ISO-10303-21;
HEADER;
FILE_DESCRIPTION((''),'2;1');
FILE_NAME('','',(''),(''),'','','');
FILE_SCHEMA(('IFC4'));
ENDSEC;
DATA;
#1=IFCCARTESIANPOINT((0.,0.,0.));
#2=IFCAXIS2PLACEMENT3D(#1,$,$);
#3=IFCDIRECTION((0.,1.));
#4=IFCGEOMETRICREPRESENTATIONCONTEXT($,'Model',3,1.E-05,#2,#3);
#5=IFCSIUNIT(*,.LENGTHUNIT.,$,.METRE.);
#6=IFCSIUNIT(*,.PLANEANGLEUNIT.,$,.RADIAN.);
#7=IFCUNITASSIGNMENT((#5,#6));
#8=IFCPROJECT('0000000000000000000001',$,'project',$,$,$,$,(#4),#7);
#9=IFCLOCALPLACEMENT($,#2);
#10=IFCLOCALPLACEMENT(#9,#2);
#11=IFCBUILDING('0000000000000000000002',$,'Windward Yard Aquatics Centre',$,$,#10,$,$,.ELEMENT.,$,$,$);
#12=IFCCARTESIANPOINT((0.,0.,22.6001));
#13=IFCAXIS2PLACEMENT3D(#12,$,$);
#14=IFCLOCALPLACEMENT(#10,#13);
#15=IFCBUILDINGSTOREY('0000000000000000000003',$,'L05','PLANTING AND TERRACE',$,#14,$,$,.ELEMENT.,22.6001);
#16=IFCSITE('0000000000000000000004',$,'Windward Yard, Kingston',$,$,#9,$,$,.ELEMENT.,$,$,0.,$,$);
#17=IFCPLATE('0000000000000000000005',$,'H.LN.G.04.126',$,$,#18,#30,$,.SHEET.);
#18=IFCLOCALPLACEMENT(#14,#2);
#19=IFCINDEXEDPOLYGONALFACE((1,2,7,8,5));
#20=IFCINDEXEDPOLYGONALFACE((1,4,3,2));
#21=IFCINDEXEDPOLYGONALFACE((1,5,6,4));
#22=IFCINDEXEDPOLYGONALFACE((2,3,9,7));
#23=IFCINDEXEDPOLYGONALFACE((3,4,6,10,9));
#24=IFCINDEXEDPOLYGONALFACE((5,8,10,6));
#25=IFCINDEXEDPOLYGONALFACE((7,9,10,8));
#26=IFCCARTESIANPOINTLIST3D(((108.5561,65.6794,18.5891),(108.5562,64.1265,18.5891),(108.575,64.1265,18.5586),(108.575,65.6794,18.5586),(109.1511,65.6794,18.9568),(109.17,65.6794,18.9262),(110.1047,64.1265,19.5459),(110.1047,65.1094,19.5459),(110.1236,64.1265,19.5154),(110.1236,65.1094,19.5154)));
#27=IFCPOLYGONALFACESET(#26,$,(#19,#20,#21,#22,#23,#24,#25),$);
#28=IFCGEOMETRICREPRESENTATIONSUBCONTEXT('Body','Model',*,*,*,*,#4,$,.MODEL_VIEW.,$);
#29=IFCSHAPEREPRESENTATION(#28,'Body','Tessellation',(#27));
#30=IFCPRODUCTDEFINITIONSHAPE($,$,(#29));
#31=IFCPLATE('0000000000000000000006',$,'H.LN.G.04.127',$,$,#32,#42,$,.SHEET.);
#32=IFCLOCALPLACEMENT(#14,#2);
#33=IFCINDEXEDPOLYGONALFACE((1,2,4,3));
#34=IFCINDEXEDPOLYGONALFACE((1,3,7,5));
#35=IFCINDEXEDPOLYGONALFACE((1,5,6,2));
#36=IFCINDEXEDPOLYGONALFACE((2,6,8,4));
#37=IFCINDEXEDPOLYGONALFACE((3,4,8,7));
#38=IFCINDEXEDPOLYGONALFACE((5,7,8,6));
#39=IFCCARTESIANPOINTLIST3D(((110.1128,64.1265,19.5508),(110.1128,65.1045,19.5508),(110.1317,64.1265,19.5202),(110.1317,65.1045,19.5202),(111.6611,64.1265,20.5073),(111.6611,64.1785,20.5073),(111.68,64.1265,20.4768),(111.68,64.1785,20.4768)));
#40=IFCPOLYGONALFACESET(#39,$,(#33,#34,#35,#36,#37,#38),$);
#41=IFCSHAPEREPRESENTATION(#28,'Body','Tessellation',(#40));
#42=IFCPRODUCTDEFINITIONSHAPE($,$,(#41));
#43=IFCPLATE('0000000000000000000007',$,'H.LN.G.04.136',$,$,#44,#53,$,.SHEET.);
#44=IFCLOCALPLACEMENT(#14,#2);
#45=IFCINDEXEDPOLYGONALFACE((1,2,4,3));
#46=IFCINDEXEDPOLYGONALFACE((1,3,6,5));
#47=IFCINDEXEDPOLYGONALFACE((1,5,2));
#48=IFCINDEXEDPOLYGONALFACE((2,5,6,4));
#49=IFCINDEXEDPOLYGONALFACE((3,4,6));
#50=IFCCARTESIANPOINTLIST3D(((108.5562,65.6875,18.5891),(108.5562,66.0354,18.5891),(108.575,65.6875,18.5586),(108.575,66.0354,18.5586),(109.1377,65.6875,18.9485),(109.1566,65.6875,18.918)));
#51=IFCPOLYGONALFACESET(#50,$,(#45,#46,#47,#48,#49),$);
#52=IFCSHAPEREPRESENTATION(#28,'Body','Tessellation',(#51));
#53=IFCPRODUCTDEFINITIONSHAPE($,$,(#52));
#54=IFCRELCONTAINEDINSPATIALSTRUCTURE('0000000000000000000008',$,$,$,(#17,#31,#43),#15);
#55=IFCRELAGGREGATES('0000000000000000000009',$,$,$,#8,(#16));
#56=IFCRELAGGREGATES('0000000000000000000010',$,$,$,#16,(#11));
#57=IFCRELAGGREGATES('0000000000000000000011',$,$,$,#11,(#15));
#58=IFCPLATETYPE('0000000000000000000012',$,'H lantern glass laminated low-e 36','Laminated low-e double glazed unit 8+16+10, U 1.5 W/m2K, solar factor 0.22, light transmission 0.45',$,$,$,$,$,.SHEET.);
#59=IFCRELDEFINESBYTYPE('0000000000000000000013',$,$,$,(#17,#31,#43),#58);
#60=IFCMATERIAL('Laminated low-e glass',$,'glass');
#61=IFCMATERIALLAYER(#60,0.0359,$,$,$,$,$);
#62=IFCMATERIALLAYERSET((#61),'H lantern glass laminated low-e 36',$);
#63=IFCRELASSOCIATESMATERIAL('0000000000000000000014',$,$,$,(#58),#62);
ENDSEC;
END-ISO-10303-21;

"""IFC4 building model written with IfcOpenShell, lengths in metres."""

from ifc_helpers import new_model, si_unit, direction, frame, origin, place, context, subcontext, project, spatial, polyline, outline, extrude, material, layer, layer_set, type_object, element, save


model = new_model("IFC4")

# Units and contexts
model_context = context("Model", 3, precision=1e-05, world=origin(), true_north=direction((0.0, 1.0)))
body_context = subcontext(model_context, "Body", "Model", "MODEL_VIEW")
ifc_project = project(units=[si_unit("LENGTHUNIT", "METRE"), si_unit("PLANEANGLEUNIT", "RADIAN")], contexts=[model_context])

# Site, building, storey
site_placement = place(None, origin())
site = spatial("IfcSite", under=ifc_project, at=site_placement, Name="Windward Yard, Kingston", CompositionType="ELEMENT", RefElevation=0.0)
building_placement = place(site_placement, origin())
building = spatial("IfcBuilding", under=site, at=building_placement, Name="Windward Yard Aquatics Centre", CompositionType="ELEMENT")
storey_placement = place(building_placement, frame((0.0, 0.0, 22.6001)))
storey = spatial("IfcBuildingStorey", under=building, at=storey_placement, Name="L05", Description="PLANTING AND TERRACE", CompositionType="ELEMENT", Elevation=22.6001)

# Plates
ifc_material_1 = material(Name="Laminated low-e glass", Category="glass")
ifc_layer = layer(ifc_material_1, 0.0359)
ifc_layer_set = layer_set([ifc_layer], Name="H lantern glass laminated low-e 36")
plate_type = type_object("IfcPlateType", Name="H lantern glass laminated low-e 36", Description="Laminated low-e double glazed unit 8+16+10, U 1.5 W/m2K, solar factor 0.22, light transmission 0.45", PredefinedType="SHEET", material=ifc_layer_set)
plate_1_placement = place(storey_placement, frame((108.5562, 64.1265, 18.5891), z_axis=(-0.525622, -0.000023, 0.850718), x_axis=(-0.000012, 1.0, 0.00002)))
element("IfcPlate", 1, at=plate_1_placement, inside=storey, type_object=plate_type, Name="H.LN.G.04.126", PredefinedType="SHEET", context=body_context, shape_type="SweptSolid", body=[
    extrude(outline(polyline([(0.0, 0.0), (1.553, 0.0), (1.553, -0.6994), (0.9829, -1.8203), (0.0, -1.8203), (0.0, 0.0)])), origin(), (0.0, 0.0, -1.0), 0.0359),
])
plate_2_placement = place(storey_placement, frame((110.1128, 64.1265, 19.5508), z_axis=(-0.525579, 0.0, 0.850745), x_axis=(0.0, 1.0, 0.0)))
element("IfcPlate", 2, at=plate_2_placement, inside=storey, type_object=plate_type, Name="H.LN.G.04.127", PredefinedType="SHEET", context=body_context, shape_type="SweptSolid", body=[
    extrude(outline(polyline([(0.0, 0.0), (0.978, 0.0), (0.052, -1.82), (0.0, -1.82), (0.0, 0.0)])), origin(), (0.0, 0.0, -1.0), 0.0359),
])
plate_3_placement = place(storey_placement, frame((108.5562, 65.6875, 18.5891), z_axis=(-0.525691, 0.0, 0.850676), x_axis=(0.0, 1.0, 0.0)))
element("IfcPlate", 3, at=plate_3_placement, inside=storey, type_object=plate_type, Name="H.LN.G.04.136", PredefinedType="SHEET", context=body_context, shape_type="SweptSolid", body=[
    extrude(outline(polyline([(0.0, 0.0), (0.3479, 0.0), (0.0, -0.6836), (0.0, 0.0)])), origin(), (0.0, 0.0, -1.0), 0.0359),
])

save(model, "model.ifc")
